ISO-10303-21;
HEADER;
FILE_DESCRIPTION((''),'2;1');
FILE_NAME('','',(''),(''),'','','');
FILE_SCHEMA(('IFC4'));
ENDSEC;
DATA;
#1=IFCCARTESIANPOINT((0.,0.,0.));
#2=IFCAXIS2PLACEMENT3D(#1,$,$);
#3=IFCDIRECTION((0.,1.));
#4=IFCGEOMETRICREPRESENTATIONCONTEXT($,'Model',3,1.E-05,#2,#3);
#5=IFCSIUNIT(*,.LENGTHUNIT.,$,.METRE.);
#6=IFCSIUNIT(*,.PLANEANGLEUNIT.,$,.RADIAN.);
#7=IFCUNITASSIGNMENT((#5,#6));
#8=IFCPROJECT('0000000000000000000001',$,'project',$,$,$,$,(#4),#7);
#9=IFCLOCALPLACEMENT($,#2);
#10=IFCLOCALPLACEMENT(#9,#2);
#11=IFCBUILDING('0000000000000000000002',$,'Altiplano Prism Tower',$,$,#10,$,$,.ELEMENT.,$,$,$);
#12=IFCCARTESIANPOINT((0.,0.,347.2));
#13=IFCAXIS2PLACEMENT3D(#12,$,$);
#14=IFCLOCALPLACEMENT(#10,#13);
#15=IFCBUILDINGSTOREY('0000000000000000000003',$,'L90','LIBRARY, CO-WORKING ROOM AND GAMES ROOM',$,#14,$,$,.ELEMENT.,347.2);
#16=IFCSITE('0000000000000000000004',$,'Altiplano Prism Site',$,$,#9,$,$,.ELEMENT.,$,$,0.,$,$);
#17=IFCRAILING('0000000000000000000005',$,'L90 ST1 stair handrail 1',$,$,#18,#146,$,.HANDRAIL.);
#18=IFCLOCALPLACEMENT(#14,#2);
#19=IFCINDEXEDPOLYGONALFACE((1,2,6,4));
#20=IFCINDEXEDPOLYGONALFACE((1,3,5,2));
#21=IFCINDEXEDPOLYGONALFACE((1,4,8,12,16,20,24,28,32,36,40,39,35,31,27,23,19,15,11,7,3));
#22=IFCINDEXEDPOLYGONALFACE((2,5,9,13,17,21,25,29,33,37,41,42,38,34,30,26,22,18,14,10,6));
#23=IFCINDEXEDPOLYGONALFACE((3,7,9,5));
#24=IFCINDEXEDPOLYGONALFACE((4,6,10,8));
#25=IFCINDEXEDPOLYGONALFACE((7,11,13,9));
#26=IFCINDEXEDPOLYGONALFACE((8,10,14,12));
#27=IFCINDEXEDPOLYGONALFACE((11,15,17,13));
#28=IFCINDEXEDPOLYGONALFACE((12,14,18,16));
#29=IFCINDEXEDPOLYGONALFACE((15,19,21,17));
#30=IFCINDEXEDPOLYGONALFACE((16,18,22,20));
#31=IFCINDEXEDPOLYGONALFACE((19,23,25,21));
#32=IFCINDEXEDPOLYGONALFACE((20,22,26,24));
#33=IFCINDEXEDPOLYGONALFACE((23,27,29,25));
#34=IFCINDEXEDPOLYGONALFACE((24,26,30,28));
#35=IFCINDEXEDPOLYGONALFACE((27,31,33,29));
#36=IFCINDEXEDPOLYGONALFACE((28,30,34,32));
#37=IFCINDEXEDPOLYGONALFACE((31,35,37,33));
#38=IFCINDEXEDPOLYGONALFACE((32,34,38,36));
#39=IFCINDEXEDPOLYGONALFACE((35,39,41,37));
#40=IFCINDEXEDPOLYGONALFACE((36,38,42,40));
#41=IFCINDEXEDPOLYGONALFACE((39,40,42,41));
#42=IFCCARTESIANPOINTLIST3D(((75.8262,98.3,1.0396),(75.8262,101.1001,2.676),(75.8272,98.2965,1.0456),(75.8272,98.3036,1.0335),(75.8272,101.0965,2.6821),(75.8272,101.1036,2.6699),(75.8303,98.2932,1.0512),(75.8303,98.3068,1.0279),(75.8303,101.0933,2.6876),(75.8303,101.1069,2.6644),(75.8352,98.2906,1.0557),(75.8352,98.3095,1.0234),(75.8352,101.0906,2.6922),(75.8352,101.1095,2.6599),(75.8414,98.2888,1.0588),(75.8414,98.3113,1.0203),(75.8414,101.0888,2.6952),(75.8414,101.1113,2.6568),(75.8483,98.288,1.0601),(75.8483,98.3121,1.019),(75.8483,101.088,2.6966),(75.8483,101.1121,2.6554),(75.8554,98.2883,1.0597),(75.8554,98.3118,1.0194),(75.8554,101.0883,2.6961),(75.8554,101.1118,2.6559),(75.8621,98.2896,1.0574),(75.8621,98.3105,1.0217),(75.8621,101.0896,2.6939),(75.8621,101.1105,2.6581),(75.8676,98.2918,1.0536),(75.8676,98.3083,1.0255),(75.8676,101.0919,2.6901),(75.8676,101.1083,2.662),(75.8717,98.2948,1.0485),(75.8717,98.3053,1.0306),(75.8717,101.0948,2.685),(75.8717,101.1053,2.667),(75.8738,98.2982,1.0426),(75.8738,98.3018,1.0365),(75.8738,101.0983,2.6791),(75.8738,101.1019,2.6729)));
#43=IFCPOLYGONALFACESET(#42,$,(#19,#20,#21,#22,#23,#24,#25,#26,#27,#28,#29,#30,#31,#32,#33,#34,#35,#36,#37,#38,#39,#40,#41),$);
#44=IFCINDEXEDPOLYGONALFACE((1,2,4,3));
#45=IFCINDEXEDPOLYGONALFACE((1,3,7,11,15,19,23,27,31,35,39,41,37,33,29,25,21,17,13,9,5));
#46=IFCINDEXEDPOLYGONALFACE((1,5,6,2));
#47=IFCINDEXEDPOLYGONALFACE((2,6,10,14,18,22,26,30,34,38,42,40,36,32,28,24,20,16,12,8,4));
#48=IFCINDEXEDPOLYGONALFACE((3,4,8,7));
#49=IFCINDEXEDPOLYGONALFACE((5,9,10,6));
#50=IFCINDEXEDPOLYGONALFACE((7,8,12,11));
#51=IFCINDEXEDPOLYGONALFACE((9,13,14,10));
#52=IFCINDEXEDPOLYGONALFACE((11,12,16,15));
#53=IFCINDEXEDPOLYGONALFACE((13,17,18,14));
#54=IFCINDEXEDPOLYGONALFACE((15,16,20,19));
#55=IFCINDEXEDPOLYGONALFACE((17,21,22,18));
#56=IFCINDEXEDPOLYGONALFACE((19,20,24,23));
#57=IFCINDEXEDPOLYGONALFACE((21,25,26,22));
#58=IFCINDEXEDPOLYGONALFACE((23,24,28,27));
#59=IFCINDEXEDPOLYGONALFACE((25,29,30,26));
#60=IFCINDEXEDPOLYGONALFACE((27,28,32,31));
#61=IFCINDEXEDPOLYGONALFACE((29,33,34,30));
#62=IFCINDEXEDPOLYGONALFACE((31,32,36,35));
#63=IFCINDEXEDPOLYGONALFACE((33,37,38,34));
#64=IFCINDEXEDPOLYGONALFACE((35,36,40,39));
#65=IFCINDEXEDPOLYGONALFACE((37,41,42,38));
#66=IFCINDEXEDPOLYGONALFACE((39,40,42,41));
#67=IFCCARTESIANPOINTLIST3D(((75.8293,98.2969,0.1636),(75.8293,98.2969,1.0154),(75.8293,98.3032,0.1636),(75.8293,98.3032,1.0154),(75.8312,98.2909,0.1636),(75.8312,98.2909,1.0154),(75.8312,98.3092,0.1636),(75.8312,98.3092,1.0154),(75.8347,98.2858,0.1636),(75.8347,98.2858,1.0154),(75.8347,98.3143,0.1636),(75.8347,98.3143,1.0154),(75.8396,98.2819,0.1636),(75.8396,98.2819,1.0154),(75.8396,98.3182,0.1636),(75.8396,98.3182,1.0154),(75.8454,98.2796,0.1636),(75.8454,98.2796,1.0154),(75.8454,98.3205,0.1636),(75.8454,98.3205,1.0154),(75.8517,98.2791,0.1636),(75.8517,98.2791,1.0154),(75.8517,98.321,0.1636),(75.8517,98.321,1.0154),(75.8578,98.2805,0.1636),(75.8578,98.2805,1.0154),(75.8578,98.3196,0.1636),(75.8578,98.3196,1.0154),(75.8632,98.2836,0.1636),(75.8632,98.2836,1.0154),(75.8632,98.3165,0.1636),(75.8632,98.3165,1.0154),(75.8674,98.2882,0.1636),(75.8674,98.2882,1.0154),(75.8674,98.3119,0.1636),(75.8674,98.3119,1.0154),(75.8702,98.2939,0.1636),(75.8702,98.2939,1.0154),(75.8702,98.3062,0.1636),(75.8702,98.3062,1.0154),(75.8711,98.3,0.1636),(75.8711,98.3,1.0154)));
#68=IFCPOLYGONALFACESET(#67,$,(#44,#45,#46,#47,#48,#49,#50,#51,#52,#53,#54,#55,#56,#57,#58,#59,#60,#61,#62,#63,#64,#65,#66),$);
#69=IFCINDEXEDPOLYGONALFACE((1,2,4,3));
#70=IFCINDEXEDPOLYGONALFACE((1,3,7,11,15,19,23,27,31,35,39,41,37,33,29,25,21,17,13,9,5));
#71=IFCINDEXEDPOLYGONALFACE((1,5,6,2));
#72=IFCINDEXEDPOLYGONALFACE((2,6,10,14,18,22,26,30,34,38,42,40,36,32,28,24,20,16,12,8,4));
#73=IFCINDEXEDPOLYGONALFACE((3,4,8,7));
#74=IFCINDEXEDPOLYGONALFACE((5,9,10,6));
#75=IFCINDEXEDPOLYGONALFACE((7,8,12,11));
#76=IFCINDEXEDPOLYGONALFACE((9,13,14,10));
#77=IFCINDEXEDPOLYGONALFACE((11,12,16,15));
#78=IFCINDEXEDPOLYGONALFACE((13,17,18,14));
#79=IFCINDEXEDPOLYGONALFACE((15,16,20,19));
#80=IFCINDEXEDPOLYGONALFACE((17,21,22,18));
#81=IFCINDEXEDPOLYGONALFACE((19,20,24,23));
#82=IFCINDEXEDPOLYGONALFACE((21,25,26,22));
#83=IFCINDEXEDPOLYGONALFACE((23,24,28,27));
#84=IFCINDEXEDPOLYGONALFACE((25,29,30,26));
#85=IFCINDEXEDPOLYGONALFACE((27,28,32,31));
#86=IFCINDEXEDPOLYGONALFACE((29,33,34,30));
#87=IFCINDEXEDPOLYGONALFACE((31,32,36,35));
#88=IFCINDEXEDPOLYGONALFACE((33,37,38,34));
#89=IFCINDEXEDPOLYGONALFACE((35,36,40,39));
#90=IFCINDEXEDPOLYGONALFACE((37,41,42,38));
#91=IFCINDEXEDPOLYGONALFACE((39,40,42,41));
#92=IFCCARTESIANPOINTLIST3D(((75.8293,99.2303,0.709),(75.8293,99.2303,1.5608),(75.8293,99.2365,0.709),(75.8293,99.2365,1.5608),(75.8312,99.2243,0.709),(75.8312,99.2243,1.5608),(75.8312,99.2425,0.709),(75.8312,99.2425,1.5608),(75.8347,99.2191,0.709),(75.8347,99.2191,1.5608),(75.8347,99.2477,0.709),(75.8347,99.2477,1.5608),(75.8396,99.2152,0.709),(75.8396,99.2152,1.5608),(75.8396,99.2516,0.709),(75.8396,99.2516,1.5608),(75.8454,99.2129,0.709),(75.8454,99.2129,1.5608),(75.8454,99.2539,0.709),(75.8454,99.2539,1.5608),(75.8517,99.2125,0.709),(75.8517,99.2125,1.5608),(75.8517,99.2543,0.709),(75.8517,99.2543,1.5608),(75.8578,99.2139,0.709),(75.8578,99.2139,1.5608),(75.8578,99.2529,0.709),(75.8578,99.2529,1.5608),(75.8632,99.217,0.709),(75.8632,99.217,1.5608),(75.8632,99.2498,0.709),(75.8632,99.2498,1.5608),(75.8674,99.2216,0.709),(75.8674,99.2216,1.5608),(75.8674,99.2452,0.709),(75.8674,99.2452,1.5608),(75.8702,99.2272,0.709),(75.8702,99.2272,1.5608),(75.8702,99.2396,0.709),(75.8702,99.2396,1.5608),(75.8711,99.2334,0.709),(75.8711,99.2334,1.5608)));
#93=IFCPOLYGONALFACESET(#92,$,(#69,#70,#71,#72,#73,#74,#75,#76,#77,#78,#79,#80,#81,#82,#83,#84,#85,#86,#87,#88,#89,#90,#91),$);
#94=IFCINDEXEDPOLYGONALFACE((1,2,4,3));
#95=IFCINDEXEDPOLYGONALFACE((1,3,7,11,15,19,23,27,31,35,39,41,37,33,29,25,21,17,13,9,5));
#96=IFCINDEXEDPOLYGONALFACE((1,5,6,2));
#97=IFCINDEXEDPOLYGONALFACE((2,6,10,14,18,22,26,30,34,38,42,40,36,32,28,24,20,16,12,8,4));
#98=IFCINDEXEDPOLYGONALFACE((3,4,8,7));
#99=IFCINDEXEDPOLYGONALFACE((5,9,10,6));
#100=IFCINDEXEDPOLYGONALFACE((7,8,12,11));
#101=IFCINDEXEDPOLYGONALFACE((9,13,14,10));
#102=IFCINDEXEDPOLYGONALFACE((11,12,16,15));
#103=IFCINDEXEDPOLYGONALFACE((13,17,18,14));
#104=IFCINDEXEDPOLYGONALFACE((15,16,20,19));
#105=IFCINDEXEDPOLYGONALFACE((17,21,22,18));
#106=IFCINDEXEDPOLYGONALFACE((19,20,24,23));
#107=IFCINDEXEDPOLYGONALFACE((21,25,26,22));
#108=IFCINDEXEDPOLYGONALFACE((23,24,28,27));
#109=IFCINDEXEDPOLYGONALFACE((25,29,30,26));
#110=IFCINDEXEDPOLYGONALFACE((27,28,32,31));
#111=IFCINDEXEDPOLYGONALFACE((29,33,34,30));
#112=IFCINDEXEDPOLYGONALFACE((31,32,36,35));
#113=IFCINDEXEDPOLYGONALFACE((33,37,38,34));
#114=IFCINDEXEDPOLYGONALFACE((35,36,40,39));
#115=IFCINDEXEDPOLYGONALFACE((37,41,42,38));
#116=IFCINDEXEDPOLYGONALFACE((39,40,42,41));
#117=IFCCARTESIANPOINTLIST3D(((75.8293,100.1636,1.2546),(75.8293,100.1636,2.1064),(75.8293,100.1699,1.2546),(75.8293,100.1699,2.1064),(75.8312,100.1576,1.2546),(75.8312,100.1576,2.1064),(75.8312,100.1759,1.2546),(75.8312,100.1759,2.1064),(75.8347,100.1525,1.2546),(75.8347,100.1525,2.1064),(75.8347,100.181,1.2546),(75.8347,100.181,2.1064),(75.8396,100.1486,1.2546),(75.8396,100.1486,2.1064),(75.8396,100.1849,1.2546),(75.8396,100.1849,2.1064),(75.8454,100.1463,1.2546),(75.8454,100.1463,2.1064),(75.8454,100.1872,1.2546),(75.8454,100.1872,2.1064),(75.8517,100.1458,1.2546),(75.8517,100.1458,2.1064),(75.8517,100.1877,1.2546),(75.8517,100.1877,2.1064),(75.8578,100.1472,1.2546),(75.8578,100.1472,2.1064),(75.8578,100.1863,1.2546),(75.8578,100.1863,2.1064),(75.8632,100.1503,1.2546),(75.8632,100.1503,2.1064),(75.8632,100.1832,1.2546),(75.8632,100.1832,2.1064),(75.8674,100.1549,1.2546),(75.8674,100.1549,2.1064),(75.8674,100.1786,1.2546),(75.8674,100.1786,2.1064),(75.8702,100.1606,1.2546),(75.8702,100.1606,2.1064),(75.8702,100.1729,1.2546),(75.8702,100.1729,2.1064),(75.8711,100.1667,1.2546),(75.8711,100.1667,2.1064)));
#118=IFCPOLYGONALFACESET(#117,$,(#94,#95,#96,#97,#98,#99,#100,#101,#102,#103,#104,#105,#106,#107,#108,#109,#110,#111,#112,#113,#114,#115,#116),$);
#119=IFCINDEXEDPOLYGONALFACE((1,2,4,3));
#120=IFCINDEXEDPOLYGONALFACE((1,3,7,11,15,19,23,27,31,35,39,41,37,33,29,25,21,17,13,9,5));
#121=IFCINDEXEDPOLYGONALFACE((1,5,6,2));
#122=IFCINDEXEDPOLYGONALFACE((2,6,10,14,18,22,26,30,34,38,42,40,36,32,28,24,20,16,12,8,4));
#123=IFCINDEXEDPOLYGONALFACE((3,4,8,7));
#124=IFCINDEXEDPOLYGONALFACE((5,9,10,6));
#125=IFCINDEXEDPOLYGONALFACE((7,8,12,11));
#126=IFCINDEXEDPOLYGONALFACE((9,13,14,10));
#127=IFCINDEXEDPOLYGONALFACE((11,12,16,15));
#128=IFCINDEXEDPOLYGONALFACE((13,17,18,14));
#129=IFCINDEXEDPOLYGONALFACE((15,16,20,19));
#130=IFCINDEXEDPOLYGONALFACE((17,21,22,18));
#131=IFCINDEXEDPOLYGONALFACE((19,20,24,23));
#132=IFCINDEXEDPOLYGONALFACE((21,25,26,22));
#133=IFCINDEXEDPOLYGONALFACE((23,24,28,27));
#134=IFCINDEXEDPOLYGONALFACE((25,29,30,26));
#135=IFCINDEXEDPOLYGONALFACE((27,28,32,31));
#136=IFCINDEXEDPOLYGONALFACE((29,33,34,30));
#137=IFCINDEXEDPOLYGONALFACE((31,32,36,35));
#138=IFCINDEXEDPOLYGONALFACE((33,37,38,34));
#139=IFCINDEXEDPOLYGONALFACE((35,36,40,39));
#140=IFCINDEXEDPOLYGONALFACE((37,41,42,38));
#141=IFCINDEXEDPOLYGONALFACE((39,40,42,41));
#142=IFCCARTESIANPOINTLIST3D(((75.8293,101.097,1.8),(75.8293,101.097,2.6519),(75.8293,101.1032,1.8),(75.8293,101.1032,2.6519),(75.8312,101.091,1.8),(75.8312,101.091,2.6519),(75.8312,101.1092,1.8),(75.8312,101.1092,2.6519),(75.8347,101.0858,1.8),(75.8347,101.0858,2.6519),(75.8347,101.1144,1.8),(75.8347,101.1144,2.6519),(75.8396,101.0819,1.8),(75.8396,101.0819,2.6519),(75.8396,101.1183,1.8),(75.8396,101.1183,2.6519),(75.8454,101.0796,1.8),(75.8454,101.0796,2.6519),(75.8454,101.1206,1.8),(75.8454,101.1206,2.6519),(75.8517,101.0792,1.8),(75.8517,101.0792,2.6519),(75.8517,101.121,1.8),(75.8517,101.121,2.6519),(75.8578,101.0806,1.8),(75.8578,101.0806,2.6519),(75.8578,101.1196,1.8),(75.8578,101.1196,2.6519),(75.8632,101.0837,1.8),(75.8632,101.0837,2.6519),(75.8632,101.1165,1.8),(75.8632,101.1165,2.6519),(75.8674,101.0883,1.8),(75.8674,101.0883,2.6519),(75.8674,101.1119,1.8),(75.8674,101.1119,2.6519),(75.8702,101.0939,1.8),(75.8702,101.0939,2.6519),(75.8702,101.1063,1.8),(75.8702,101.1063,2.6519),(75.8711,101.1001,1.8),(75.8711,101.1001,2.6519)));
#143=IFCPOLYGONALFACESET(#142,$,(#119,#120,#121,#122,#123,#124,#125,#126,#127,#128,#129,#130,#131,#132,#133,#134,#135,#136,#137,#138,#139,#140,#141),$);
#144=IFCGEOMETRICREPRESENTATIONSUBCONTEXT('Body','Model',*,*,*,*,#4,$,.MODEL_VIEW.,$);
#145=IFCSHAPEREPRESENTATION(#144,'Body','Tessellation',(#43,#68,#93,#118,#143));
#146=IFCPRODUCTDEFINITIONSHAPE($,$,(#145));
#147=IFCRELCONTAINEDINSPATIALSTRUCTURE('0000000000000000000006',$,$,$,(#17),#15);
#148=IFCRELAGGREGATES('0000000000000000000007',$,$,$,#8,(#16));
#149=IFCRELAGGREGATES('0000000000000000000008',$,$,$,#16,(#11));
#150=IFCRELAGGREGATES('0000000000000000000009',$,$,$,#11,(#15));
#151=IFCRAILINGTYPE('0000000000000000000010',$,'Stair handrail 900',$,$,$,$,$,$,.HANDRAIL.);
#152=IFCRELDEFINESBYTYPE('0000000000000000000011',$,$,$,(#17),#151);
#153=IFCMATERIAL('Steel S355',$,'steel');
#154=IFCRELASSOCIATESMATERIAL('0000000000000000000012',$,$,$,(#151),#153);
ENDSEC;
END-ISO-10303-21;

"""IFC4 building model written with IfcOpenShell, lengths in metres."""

from ifc_helpers import new_model, si_unit, direction, frame, origin, origin_2d, place, context, subcontext, project, spatial, circle, extrude, material, type_object, element, save


model = new_model("IFC4")

# Units and contexts
model_context = context("Model", 3, precision=1e-05, world=origin(), true_north=direction((0.0, 1.0)))
body_context = subcontext(model_context, "Body", "Model", "MODEL_VIEW")
ifc_project = project(units=[si_unit("LENGTHUNIT", "METRE"), si_unit("PLANEANGLEUNIT", "RADIAN")], contexts=[model_context])

# Site, building, storey
site_placement = place(None, origin())
site = spatial("IfcSite", under=ifc_project, at=site_placement, Name="Altiplano Prism Site", CompositionType="ELEMENT", RefElevation=0.0)
building_placement = place(site_placement, origin())
building = spatial("IfcBuilding", under=site, at=building_placement, Name="Altiplano Prism Tower", CompositionType="ELEMENT")
storey_placement = place(building_placement, frame((0.0, 0.0, 347.2)))
storey = spatial("IfcBuildingStorey", under=building, at=storey_placement, Name="L90", Description="LIBRARY, CO-WORKING ROOM AND GAMES ROOM", CompositionType="ELEMENT", Elevation=347.2)

# Railing
ifc_material_1 = material(Name="Steel S355", Category="steel")
railing_type_1 = type_object("IfcRailingType", Name="Stair handrail 900", PredefinedType="HANDRAIL", material=ifc_material_1)
railing_1_placement = place(storey_placement, frame((75.8501, 98.3, 0.1636)))
element("IfcRailing", 1, at=railing_1_placement, inside=storey, type_object=railing_type_1, Name="L90 ST1 stair handrail 1", PredefinedType="HANDRAIL", context=body_context, shape_type="SweptSolid", body=[
    extrude(circle(Radius=0.0239, at=origin_2d()), frame((0.0, 0.0, 0.876), z_axis=(0.0, 0.863361, 0.504587), x_axis=(-1.0, 0.0, 0.0)), (0.0, 0.0, 1.0), 3.2432),
    extrude(circle(Radius=0.021, at=origin_2d()), origin(), (0.0, 0.0, 1.0), 0.8518),
    extrude(circle(Radius=0.021, at=origin_2d()), frame((0.0, 0.9333, 0.5454)), (0.0, 0.0, 1.0), 0.8518),
    extrude(circle(Radius=0.021, at=origin_2d()), frame((0.0, 1.8667, 1.0911)), (0.0, 0.0, 1.0), 0.8518),
    extrude(circle(Radius=0.021, at=origin_2d()), frame((0.0, 2.8, 1.6365)), (0.0, 0.0, 1.0), 0.8518),
])

save(model, "model.ifc")
